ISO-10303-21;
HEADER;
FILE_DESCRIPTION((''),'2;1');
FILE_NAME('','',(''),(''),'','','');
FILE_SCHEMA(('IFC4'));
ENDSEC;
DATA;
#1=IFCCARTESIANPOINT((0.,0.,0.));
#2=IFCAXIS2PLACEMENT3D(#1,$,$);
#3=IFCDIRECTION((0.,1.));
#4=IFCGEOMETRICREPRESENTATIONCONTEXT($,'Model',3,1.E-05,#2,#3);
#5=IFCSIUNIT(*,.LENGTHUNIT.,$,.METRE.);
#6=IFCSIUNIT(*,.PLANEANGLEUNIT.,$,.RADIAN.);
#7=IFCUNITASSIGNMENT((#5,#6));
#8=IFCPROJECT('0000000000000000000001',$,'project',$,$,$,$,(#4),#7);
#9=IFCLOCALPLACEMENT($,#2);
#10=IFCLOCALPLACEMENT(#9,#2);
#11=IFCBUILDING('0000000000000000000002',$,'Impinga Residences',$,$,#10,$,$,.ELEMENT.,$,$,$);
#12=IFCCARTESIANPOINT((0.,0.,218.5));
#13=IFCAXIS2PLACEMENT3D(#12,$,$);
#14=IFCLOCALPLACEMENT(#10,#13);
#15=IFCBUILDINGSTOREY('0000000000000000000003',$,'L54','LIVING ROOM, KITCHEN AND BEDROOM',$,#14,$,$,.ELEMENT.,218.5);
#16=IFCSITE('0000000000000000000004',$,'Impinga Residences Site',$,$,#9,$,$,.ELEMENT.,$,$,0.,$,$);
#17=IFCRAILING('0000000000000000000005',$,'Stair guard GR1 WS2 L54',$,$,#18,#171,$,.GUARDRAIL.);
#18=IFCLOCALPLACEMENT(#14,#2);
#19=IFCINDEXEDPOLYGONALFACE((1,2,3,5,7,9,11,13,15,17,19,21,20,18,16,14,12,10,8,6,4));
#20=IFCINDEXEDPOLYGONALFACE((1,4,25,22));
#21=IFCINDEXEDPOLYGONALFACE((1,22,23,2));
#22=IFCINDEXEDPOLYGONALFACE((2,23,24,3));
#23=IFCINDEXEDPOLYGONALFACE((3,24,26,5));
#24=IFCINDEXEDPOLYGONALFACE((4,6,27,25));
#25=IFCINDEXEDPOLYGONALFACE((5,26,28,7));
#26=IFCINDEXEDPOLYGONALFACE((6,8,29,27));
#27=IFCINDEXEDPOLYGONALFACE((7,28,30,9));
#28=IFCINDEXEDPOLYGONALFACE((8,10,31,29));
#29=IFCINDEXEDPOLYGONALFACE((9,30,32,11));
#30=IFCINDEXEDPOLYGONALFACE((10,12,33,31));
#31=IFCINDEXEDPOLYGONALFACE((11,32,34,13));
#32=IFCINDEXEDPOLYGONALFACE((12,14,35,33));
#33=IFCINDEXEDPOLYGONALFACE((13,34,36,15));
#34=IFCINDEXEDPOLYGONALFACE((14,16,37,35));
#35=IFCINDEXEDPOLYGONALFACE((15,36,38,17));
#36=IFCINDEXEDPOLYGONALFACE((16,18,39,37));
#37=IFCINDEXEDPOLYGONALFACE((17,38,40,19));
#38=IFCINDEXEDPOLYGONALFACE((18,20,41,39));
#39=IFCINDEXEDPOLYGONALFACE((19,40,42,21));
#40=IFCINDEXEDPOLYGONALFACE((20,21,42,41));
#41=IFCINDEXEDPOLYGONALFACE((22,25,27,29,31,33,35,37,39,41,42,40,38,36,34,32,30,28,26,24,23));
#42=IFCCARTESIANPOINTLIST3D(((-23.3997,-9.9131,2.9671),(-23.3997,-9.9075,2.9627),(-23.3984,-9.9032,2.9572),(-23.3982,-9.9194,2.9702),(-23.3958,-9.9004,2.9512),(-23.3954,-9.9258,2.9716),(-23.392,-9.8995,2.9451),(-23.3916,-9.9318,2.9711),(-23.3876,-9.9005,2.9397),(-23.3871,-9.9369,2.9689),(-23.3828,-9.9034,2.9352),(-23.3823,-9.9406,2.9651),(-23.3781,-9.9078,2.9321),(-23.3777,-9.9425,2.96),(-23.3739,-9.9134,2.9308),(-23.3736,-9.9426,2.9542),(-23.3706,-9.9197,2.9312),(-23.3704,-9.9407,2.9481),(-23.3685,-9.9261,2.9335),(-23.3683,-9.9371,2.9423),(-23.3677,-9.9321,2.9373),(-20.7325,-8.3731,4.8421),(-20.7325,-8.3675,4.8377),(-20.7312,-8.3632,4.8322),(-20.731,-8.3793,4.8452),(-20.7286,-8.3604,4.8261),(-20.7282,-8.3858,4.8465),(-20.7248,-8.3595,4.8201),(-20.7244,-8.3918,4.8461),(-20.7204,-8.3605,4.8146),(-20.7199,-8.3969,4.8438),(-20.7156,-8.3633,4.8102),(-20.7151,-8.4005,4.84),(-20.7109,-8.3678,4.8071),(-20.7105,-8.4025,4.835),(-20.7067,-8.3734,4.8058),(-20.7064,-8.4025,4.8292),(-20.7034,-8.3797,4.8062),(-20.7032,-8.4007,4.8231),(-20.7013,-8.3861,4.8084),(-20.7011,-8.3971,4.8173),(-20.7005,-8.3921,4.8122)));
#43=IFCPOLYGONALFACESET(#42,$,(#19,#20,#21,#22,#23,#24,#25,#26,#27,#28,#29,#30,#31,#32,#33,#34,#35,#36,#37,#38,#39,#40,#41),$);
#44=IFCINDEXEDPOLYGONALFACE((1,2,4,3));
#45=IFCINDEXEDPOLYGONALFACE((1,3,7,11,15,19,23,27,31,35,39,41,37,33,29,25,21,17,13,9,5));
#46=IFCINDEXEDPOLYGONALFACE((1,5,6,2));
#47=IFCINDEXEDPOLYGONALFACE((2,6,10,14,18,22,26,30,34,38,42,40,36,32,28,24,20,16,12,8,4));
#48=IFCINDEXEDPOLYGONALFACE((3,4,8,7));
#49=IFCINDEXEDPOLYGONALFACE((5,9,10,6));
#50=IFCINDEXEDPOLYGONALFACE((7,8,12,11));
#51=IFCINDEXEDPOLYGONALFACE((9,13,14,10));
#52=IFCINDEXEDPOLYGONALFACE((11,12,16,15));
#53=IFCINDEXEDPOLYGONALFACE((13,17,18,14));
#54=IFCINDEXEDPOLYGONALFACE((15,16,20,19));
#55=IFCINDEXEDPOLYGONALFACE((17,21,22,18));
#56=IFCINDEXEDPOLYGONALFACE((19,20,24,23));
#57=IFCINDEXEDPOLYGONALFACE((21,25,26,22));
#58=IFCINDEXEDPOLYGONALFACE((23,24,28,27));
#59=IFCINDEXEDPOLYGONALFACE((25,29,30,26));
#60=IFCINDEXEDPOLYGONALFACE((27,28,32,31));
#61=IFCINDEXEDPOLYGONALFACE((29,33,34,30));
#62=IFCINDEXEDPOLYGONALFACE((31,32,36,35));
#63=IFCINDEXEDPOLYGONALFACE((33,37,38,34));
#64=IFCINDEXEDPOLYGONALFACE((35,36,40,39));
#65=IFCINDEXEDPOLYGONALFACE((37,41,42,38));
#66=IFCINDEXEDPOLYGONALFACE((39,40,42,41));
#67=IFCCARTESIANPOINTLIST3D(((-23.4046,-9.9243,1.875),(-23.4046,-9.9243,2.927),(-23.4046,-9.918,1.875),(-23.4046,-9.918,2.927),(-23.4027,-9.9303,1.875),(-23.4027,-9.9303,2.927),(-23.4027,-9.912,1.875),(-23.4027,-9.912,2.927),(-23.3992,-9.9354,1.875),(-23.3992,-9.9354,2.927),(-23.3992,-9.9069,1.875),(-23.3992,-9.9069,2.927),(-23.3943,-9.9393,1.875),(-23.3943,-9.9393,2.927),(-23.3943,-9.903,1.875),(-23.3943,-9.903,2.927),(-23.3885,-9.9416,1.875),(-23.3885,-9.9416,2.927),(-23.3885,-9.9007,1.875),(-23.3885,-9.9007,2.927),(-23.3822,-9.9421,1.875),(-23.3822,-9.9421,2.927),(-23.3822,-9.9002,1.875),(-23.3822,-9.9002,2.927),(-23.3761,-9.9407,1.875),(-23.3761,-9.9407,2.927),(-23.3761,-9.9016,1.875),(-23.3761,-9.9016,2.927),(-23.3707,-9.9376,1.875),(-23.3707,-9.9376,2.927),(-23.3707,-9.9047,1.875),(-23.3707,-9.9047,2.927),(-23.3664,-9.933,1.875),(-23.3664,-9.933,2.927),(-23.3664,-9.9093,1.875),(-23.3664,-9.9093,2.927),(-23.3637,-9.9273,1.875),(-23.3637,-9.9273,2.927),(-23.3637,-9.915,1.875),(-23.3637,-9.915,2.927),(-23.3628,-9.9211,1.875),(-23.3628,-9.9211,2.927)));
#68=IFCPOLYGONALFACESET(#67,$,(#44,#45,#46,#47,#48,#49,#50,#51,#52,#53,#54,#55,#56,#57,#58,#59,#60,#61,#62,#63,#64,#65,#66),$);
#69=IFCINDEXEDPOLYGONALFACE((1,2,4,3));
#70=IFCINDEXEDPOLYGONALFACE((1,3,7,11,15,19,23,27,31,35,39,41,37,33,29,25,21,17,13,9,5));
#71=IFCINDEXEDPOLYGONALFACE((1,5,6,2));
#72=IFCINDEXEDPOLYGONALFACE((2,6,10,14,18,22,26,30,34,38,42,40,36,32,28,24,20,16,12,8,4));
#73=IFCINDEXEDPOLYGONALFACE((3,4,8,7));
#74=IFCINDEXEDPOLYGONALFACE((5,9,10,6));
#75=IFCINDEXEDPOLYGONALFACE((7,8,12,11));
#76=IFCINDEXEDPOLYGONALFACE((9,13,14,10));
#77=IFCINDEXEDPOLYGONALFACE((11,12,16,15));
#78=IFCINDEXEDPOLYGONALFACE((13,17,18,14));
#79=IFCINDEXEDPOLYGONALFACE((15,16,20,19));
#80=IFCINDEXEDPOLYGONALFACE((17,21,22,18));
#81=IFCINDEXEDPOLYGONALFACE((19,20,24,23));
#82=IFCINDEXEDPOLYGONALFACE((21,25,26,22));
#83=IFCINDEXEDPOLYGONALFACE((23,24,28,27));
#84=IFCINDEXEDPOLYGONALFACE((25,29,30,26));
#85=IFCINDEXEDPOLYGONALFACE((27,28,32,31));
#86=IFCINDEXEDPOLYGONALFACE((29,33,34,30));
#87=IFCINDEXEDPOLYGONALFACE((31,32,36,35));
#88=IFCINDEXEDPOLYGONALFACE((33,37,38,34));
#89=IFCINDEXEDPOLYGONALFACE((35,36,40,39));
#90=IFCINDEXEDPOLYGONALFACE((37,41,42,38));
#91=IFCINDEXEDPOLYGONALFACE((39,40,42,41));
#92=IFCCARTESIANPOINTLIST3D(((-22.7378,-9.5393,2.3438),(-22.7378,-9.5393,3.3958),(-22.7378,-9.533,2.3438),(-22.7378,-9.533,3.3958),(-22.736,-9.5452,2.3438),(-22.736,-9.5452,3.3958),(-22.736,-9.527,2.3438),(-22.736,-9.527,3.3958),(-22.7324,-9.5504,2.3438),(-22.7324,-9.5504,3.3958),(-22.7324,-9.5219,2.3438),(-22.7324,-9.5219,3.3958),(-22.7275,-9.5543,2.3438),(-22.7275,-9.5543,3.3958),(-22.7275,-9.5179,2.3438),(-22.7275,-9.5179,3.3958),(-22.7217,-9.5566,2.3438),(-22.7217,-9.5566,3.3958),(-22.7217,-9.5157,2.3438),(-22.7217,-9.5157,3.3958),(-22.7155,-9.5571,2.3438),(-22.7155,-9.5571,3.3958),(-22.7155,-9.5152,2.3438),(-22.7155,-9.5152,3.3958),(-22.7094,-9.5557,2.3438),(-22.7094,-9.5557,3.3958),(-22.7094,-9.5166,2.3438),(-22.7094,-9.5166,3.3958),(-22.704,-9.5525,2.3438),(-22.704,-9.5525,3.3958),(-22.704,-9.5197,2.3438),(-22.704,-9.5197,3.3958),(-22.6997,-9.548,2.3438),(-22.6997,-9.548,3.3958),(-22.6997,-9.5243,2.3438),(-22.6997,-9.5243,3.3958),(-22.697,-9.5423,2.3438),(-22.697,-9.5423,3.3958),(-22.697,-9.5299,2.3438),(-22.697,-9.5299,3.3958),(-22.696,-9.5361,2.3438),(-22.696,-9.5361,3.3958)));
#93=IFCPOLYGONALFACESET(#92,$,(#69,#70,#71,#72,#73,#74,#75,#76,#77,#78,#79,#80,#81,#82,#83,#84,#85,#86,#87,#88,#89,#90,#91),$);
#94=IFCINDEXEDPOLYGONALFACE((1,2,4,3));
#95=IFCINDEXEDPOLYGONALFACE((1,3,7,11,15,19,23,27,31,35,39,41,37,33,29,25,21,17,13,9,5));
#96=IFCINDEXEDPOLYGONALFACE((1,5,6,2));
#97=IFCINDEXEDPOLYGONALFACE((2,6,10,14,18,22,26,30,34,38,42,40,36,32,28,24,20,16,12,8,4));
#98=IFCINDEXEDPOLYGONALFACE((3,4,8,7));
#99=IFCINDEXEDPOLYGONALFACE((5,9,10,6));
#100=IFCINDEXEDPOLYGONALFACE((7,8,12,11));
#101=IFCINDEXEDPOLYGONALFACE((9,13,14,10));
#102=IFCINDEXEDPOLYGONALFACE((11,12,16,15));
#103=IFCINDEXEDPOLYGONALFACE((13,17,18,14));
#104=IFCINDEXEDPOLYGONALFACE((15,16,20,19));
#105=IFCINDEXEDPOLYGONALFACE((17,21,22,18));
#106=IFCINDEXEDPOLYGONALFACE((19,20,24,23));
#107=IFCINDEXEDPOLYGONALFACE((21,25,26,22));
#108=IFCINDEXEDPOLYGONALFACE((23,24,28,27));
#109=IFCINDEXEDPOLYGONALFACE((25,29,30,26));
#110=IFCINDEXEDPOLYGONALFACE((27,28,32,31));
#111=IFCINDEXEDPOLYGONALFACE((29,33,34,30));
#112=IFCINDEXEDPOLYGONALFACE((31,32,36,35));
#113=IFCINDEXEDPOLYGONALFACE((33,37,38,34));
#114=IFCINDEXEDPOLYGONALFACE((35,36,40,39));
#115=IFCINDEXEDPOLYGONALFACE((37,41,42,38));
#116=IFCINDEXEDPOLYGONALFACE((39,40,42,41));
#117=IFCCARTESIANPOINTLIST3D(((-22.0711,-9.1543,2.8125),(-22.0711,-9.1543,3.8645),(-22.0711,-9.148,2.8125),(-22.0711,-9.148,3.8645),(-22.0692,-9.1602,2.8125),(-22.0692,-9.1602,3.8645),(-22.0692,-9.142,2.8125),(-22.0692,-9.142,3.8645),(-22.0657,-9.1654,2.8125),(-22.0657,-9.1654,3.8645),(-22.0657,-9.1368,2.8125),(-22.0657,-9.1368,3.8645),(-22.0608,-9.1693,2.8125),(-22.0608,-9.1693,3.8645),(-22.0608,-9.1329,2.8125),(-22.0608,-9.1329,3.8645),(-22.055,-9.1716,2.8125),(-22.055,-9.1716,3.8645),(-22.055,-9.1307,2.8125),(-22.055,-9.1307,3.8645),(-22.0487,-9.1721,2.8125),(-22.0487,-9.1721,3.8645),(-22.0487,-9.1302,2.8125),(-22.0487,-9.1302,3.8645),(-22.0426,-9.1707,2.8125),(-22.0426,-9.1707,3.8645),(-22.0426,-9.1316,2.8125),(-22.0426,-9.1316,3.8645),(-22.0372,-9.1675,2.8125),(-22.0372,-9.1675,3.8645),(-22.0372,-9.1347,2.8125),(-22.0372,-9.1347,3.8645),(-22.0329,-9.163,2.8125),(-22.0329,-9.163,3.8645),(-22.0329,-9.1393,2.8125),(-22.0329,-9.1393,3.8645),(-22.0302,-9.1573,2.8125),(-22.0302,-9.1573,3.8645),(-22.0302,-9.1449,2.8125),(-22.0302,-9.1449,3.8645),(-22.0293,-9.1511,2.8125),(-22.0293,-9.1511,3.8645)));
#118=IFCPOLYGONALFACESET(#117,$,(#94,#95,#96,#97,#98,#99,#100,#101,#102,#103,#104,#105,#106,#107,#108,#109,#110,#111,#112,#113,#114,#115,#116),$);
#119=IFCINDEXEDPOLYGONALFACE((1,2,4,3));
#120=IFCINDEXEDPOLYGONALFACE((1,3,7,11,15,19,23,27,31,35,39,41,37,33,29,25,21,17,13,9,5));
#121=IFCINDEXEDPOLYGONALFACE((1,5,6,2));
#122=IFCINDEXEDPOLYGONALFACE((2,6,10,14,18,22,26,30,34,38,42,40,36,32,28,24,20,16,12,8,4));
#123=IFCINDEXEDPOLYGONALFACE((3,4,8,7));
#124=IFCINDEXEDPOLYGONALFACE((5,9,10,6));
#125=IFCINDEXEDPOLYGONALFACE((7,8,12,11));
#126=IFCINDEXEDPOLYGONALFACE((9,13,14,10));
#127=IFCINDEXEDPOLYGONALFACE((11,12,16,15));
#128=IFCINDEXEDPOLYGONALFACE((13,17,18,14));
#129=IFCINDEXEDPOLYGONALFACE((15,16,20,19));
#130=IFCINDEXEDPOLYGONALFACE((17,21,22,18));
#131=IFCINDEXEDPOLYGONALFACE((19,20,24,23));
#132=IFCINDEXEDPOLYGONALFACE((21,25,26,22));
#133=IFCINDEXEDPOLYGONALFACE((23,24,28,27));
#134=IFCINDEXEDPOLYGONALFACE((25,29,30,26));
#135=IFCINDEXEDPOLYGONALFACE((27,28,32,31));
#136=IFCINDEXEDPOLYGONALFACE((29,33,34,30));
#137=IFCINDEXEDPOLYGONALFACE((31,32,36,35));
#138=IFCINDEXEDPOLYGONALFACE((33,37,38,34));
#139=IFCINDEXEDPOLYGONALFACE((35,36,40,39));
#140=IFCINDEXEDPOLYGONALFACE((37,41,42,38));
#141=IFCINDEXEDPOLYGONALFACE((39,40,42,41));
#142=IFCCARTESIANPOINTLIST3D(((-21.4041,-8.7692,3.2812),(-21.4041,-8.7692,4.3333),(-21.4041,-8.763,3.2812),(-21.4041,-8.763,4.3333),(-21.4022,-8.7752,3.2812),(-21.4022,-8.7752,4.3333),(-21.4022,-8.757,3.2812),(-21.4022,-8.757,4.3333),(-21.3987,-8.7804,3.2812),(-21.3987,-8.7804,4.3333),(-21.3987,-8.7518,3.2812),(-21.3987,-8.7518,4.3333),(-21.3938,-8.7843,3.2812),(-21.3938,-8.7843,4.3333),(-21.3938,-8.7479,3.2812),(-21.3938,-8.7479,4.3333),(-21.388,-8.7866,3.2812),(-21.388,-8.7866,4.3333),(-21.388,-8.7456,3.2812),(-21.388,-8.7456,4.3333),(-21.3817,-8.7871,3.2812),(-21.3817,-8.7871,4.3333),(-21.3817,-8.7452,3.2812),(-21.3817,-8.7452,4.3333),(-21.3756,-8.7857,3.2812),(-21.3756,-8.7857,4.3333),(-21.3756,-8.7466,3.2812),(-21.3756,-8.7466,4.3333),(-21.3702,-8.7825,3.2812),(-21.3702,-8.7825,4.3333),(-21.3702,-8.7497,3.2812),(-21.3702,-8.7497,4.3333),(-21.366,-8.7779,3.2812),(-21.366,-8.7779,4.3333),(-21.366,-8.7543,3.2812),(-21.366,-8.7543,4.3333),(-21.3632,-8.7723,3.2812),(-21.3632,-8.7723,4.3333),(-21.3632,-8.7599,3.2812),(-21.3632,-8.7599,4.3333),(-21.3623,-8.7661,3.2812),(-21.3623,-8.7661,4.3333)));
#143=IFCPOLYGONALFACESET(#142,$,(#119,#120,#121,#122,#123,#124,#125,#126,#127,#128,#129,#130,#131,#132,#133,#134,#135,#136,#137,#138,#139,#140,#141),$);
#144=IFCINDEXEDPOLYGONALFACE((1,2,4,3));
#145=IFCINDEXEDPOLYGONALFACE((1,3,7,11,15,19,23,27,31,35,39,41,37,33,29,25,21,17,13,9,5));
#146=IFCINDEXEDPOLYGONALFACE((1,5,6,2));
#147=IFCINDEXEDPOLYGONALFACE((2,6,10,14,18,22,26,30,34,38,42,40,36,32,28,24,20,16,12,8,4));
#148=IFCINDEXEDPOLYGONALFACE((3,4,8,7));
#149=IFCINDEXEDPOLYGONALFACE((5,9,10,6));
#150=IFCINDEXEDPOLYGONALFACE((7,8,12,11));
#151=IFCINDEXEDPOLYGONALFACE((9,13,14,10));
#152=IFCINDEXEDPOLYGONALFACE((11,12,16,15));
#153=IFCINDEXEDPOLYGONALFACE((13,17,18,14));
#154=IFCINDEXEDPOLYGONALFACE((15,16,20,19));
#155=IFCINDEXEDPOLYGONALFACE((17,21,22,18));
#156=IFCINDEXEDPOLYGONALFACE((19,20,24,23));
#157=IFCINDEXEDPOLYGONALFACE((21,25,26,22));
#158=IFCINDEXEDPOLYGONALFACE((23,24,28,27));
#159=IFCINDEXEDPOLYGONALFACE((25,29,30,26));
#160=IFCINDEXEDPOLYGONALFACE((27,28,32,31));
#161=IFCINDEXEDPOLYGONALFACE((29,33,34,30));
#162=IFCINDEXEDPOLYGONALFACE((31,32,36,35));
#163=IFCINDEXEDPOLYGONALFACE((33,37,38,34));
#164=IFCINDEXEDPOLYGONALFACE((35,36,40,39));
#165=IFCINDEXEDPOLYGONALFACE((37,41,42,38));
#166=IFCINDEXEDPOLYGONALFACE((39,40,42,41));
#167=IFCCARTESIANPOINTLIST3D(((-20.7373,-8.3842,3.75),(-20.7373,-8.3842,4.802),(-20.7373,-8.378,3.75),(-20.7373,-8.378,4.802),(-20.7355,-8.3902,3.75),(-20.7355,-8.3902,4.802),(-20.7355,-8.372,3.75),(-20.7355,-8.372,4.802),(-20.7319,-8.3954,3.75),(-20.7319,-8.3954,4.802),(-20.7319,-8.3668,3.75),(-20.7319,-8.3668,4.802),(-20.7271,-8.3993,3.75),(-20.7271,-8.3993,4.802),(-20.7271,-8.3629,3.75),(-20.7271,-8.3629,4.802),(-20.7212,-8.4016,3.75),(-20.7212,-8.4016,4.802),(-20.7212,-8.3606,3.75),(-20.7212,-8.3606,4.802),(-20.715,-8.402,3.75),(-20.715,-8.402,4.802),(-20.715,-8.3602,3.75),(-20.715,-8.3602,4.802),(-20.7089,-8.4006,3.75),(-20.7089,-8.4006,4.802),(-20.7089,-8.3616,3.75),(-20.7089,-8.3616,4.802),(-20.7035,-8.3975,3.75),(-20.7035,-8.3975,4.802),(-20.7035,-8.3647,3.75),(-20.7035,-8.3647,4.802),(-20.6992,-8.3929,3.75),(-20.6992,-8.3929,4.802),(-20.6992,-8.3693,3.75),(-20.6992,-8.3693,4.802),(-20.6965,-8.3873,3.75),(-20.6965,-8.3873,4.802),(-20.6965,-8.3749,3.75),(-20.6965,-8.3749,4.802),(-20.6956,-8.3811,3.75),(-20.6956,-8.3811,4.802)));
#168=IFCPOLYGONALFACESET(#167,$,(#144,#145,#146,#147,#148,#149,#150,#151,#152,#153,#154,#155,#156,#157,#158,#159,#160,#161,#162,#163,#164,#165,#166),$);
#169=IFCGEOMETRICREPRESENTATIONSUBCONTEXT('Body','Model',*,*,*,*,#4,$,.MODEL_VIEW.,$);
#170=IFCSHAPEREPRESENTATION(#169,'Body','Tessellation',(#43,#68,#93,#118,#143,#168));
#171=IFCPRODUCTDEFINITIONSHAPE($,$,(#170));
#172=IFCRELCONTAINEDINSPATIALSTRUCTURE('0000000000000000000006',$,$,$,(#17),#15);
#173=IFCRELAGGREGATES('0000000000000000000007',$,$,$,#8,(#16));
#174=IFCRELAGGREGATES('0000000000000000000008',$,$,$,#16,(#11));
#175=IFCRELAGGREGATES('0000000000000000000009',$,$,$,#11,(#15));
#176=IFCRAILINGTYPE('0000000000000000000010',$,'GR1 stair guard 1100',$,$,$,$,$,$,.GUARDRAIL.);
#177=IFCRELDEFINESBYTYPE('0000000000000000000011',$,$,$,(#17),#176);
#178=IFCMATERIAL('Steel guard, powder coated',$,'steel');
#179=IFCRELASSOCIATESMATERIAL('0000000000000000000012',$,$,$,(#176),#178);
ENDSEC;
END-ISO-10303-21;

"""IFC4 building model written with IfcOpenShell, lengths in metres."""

from ifc_helpers import new_model, si_unit, direction, frame, origin, origin_2d, place, context, subcontext, project, spatial, circle, extrude, material, type_object, element, save


model = new_model("IFC4")

# Units and contexts
model_context = context("Model", 3, precision=1e-05, world=origin(), true_north=direction((0.0, 1.0)))
body_context = subcontext(model_context, "Body", "Model", "MODEL_VIEW")
ifc_project = project(units=[si_unit("LENGTHUNIT", "METRE"), si_unit("PLANEANGLEUNIT", "RADIAN")], contexts=[model_context])

# Site, building, storey
site_placement = place(None, origin())
site = spatial("IfcSite", under=ifc_project, at=site_placement, Name="Impinga Residences Site", CompositionType="ELEMENT", RefElevation=0.0)
building_placement = place(site_placement, origin())
building = spatial("IfcBuilding", under=site, at=building_placement, Name="Impinga Residences", CompositionType="ELEMENT")
storey_placement = place(building_placement, frame((0.0, 0.0, 218.5)))
storey = spatial("IfcBuildingStorey", under=building, at=storey_placement, Name="L54", Description="LIVING ROOM, KITCHEN AND BEDROOM", CompositionType="ELEMENT", Elevation=218.5)

# Railing
ifc_material_1 = material(Name="Steel guard, powder coated", Category="steel")
railing_type_1 = type_object("IfcRailingType", Name="GR1 stair guard 1100", PredefinedType="GUARDRAIL", material=ifc_material_1)
railing_1_placement = place(storey_placement, frame((-23.3838, -9.9211, 1.875)))
element("IfcRailing", 1, at=railing_1_placement, inside=storey, type_object=railing_type_1, Name="Stair guard GR1 WS2 L54", PredefinedType="GUARDRAIL", context=body_context, shape_type="SweptSolid", body=[
    extrude(circle(Radius=0.0239, at=origin_2d()), frame((0.0, 0.0, 1.0762), z_axis=(0.739716, 0.427105, 0.520002), x_axis=(-0.500027, 0.86601, 0.0)), (0.0, 0.0, 1.0), 3.6057),
    extrude(circle(Radius=0.021, at=origin_2d()), origin(), (0.0, 0.0, 1.0), 1.052),
    extrude(circle(Radius=0.021, at=origin_2d()), frame((0.6667, 0.385, 0.4688)), (0.0, 0.0, 1.0), 1.052),
    extrude(circle(Radius=0.021, at=origin_2d()), frame((1.3335, 0.77, 0.9375)), (0.0, 0.0, 1.0), 1.052),
    extrude(circle(Radius=0.021, at=origin_2d()), frame((2.0005, 1.155, 1.4062)), (0.0, 0.0, 1.0), 1.052),
    extrude(circle(Radius=0.021, at=origin_2d()), frame((2.6672, 1.54, 1.875)), (0.0, 0.0, 1.0), 1.052),
])

save(model, "model.ifc")
